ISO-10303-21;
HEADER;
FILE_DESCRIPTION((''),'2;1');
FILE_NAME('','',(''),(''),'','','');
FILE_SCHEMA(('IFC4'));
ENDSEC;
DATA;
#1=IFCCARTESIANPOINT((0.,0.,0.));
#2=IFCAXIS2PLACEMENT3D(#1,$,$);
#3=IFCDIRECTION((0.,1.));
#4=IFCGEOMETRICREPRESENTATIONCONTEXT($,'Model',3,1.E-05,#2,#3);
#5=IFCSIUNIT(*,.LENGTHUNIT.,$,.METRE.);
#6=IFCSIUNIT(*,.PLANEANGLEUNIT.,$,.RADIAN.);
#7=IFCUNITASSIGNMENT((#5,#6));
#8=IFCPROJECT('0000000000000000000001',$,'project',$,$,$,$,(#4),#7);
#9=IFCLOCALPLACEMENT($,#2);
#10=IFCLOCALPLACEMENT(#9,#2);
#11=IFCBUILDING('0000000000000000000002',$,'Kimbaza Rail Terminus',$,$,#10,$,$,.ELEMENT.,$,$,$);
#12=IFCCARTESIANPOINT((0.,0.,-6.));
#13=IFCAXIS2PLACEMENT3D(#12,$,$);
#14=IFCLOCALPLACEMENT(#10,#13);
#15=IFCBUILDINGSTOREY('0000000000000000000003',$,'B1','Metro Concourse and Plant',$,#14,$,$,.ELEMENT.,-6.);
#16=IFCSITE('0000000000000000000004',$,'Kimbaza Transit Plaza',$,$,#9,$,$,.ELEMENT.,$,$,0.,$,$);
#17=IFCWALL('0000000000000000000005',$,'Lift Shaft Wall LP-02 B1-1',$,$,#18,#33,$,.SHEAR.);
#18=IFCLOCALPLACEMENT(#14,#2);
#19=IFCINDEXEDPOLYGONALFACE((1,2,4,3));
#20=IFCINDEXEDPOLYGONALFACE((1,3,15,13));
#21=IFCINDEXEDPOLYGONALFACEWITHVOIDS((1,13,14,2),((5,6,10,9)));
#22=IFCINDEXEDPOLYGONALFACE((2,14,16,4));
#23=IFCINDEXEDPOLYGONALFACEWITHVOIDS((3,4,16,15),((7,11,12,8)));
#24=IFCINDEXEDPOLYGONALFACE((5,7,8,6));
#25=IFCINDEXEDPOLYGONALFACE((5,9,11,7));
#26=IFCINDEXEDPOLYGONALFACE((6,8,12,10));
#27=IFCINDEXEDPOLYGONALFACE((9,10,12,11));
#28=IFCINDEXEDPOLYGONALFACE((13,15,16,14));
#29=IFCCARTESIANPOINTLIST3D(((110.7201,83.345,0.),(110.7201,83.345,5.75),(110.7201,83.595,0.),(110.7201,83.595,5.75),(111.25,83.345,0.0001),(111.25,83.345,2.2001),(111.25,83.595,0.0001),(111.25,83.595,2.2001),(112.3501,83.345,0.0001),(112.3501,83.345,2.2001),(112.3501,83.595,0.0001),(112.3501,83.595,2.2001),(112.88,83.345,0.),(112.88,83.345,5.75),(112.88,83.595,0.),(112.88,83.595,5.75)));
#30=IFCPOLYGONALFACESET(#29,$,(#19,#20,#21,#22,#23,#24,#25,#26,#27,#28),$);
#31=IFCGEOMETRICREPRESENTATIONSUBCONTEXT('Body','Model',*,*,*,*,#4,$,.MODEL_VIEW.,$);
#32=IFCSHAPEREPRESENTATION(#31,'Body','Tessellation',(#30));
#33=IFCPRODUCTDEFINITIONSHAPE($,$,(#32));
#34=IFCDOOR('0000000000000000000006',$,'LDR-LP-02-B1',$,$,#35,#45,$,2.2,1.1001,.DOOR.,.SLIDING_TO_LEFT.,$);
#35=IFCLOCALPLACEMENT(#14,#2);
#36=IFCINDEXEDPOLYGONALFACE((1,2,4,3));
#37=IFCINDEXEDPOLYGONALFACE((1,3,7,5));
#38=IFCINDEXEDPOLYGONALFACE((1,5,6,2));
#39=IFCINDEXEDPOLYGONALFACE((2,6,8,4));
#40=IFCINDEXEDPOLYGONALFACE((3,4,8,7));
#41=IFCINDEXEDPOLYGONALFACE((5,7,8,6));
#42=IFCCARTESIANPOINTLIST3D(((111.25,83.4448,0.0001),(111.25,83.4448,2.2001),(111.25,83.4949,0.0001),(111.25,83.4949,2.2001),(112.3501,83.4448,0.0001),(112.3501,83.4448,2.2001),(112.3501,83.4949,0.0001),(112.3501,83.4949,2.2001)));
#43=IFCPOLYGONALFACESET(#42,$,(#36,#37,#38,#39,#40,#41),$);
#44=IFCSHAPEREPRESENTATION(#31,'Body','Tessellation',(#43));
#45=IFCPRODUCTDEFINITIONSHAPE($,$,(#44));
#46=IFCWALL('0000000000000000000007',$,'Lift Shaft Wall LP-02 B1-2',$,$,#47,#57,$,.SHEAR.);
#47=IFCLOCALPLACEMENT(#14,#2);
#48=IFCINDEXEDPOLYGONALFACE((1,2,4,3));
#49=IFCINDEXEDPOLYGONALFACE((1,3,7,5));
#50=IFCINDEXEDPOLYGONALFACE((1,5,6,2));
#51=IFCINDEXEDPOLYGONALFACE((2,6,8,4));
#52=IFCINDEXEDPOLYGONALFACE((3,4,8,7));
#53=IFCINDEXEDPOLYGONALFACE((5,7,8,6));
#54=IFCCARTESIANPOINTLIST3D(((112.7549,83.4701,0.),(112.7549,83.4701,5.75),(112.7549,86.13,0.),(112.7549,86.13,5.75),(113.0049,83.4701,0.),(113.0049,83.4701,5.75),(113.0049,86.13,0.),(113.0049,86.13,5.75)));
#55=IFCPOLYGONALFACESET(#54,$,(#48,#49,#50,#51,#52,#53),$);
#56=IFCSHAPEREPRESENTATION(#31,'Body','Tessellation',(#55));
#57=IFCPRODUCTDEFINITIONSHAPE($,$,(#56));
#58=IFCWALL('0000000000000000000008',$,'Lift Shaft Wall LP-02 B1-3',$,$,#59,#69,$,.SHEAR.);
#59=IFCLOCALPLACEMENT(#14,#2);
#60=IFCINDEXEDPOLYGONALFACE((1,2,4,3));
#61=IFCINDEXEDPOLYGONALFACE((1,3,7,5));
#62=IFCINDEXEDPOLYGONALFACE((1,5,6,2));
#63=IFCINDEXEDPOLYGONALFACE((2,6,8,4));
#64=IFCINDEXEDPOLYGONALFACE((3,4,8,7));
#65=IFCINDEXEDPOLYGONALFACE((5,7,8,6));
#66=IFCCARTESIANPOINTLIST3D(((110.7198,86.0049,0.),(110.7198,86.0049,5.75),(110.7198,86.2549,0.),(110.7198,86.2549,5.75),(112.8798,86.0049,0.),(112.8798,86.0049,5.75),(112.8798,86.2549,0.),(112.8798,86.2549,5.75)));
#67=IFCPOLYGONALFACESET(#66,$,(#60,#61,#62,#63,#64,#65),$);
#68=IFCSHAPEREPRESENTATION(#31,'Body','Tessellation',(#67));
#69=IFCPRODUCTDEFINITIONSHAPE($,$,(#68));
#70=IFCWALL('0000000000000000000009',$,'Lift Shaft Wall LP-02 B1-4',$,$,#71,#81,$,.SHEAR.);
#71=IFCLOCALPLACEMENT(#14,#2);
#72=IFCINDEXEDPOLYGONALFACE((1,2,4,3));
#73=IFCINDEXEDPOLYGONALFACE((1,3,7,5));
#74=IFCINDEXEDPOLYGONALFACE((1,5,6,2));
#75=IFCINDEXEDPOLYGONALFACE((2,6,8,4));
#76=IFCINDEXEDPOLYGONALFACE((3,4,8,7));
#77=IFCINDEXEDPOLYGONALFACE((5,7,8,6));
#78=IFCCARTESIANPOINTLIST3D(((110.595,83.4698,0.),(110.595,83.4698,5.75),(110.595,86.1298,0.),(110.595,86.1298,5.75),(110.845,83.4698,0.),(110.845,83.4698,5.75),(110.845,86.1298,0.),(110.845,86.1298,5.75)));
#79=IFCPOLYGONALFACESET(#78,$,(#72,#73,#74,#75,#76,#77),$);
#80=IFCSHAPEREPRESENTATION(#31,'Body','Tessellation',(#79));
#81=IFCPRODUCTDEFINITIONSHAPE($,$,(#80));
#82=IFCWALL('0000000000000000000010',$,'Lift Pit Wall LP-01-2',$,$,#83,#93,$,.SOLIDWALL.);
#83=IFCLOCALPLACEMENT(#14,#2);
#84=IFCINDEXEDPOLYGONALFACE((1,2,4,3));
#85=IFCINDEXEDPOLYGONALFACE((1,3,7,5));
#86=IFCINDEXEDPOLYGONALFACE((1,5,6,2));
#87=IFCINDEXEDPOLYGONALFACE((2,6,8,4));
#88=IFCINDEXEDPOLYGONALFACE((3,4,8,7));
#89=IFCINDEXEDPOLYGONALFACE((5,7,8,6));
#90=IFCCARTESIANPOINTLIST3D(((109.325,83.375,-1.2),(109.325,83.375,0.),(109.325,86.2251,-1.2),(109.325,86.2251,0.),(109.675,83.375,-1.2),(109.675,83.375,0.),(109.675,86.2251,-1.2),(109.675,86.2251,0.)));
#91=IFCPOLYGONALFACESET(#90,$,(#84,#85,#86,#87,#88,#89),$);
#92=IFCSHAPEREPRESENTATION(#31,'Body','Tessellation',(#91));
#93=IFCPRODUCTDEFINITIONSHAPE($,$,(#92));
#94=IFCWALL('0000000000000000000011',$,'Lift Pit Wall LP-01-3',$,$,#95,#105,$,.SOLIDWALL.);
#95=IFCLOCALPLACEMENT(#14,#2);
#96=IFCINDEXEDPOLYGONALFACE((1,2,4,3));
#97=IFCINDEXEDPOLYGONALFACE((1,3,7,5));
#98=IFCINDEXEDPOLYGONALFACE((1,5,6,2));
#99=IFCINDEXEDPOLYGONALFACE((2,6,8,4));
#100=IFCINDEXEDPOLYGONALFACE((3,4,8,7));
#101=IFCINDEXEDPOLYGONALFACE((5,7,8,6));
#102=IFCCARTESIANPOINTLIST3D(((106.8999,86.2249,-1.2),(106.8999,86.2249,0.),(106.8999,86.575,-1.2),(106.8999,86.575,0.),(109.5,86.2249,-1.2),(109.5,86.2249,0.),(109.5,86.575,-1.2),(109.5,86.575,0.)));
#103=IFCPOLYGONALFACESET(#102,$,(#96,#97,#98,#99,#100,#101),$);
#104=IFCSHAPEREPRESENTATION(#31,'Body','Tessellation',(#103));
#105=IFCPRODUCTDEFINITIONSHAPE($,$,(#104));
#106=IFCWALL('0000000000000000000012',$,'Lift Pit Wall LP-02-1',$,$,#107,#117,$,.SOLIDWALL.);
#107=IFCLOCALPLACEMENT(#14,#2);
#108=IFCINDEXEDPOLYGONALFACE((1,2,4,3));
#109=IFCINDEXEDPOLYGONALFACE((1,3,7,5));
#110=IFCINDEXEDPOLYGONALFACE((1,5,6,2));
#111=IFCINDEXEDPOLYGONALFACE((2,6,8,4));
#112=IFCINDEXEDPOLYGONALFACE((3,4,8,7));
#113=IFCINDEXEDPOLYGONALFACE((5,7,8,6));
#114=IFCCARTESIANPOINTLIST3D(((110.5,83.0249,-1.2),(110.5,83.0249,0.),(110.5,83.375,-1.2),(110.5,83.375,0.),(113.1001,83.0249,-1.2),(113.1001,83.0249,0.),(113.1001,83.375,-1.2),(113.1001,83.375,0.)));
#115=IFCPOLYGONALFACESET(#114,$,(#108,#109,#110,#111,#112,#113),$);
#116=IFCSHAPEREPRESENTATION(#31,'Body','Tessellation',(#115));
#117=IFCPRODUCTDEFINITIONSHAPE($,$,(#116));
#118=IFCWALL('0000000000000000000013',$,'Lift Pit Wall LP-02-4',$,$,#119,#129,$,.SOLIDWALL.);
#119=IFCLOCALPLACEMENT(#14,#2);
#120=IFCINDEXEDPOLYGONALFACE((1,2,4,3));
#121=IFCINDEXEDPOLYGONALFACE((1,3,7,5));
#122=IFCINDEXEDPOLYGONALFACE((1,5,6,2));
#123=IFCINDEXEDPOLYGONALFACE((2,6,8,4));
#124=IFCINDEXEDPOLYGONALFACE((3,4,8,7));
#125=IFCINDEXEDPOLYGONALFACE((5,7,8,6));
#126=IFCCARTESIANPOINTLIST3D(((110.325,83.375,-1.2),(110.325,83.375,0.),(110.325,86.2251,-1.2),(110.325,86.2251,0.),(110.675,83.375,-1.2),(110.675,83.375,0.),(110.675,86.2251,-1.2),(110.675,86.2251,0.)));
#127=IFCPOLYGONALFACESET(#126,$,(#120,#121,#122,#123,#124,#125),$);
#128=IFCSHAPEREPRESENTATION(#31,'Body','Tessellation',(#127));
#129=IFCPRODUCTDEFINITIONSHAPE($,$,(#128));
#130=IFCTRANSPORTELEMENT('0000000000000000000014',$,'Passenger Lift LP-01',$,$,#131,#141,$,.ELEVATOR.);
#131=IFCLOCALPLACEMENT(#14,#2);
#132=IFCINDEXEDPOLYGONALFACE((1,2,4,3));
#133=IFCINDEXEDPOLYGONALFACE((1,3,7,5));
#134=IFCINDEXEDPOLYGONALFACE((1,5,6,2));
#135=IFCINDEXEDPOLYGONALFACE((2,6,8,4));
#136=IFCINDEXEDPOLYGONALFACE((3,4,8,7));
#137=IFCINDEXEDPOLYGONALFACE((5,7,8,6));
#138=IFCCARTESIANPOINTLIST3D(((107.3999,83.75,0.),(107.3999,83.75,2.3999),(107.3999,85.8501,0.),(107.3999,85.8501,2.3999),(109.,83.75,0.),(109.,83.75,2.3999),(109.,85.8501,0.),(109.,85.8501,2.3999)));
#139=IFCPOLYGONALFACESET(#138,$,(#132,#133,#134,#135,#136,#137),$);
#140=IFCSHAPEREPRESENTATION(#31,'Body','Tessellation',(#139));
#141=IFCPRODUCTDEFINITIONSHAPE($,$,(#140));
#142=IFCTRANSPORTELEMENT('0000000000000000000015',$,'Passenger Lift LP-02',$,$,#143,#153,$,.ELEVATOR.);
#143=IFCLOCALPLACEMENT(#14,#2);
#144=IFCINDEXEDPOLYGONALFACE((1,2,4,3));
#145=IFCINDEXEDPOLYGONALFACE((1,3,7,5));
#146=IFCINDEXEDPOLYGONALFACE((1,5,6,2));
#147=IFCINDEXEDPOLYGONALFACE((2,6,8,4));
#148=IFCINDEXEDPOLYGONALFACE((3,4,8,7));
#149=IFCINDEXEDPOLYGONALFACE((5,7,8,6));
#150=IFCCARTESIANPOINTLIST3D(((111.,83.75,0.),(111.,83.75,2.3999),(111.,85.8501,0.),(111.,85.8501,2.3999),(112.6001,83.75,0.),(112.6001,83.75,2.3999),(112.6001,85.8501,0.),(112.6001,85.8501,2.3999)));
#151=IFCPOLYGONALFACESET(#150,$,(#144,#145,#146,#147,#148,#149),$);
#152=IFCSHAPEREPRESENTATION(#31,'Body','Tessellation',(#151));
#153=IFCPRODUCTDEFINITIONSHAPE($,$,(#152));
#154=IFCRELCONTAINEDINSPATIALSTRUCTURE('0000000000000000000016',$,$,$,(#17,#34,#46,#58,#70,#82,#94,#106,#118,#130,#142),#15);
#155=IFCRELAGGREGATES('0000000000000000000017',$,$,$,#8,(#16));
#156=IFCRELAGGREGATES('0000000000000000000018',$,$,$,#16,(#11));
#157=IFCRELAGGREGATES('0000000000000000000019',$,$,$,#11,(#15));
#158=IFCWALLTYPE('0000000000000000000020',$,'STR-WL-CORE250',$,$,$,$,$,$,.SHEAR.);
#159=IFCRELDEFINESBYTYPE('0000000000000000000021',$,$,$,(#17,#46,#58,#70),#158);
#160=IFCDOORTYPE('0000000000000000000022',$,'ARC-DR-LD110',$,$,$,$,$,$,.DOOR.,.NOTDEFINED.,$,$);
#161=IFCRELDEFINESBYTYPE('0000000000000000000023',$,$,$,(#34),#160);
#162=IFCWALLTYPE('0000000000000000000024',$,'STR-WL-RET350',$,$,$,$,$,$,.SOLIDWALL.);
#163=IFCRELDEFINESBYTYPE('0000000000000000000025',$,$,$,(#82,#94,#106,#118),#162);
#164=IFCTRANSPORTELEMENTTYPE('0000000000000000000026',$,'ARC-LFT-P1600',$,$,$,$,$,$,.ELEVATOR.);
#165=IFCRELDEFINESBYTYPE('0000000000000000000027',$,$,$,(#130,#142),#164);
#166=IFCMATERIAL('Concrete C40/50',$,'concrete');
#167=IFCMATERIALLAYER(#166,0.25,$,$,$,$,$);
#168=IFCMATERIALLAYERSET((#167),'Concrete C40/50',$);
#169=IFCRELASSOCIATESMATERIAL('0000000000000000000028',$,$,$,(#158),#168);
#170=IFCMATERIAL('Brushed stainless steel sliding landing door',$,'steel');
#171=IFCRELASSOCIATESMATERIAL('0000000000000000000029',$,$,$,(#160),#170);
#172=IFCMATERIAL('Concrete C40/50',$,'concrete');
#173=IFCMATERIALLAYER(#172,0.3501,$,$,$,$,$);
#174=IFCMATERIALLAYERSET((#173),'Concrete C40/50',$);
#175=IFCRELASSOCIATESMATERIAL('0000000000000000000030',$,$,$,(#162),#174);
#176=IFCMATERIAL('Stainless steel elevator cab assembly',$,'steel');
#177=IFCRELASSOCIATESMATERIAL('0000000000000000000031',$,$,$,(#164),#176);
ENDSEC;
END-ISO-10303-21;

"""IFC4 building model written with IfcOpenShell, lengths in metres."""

from ifc_helpers import new_model, si_unit, direction, frame, frame_2d, origin, origin_2d, place, context, subcontext, project, spatial, rectangle, extrude, material, layer, layer_set, type_object, element, fill, save


model = new_model("IFC4")

# Units and contexts
model_context = context("Model", 3, precision=1e-05, world=origin(), true_north=direction((0.0, 1.0)))
body_context = subcontext(model_context, "Body", "Model", "MODEL_VIEW")
ifc_project = project(units=[si_unit("LENGTHUNIT", "METRE"), si_unit("PLANEANGLEUNIT", "RADIAN")], contexts=[model_context])

# Site, building, storey
site_placement = place(None, origin())
site = spatial("IfcSite", under=ifc_project, at=site_placement, Name="Kimbaza Transit Plaza", CompositionType="ELEMENT", RefElevation=0.0)
building_placement = place(site_placement, origin())
building = spatial("IfcBuilding", under=site, at=building_placement, Name="Kimbaza Rail Terminus", CompositionType="ELEMENT")
storey_placement = place(building_placement, frame((0.0, 0.0, -6.0)))
storey = spatial("IfcBuildingStorey", under=building, at=storey_placement, Name="B1", Description="Metro Concourse and Plant", CompositionType="ELEMENT", Elevation=-6.0)

# Shared definitions
ifc_material_1 = material(Name="Concrete C40/50", Category="concrete")
ifc_layer_1 = layer(ifc_material_1, 0.25)
ifc_layer_set_1 = layer_set([ifc_layer_1], Name="Concrete C40/50")
wall_type_1 = type_object("IfcWallType", Name="STR-WL-CORE250", PredefinedType="SHEAR", material=ifc_layer_set_1)

# Wall, opening, door
wall_1_placement = place(storey_placement, frame((110.72, 83.47, 0.0), z_axis=(0.0, 0.0, 1.0), x_axis=(1.0, 0.0, 0.0)))
wall_1 = element("IfcWall", 1, at=wall_1_placement, inside=storey, type_object=wall_type_1, Name="Lift Shaft Wall LP-02 B1-1", PredefinedType="SHEAR", context=body_context, shape_type="SweptSolid", body=[
    extrude(rectangle(XDim=2.1599, YDim=0.25, at=frame_2d((1.0801, 0.0))), origin(), (0.0, 0.0, 1.0), 5.75),
])
opening_placement = place(wall_1_placement, frame((0.53, 0.0, 0.0)))
opening = element("IfcOpeningElement", 2, at=opening_placement, cuts=wall_1, PredefinedType="OPENING", context=body_context, shape_type="SweptSolid", body=[
    extrude(rectangle(XDim=1.1001, YDim=2.2, at=frame_2d((0.55, 1.1001))), frame((0.0, 0.135, 0.0), z_axis=(0.0, -1.0, 0.0), x_axis=(1.0, 0.0, 0.0)), (0.0, 0.0, 1.0), 0.27),
])
ifc_material_2 = material(Name="Brushed stainless steel sliding landing door", Category="steel")
door_type = type_object("IfcDoorType", Name="ARC-DR-LD110", OperationType="NOTDEFINED", PredefinedType="DOOR", material=ifc_material_2)
door_placement = place(opening_placement, origin())
door = element("IfcDoor", 3, at=door_placement, inside=storey, type_object=door_type, Name="LDR-LP-02-B1", OperationType="SLIDING_TO_LEFT", OverallHeight=2.2, OverallWidth=1.1001, PredefinedType="DOOR", context=body_context, shape_type="SweptSolid", body=[
    extrude(rectangle(XDim=1.1001, YDim=2.2, at=frame_2d((0.55, 1.1001))), frame((0.0, 0.0249, 0.0), z_axis=(0.0, -1.0, 0.0), x_axis=(1.0, 0.0, 0.0)), (0.0, 0.0, 1.0), 0.05),
])
fill(opening, door)

# Walls
wall_2_placement = place(storey_placement, frame((112.8799, 83.47, 0.0), z_axis=(0.0, 0.0, 1.0), x_axis=(0.0, 1.0, 0.0)))
element("IfcWall", 4, at=wall_2_placement, inside=storey, type_object=wall_type_1, Name="Lift Shaft Wall LP-02 B1-2", PredefinedType="SHEAR", context=body_context, shape_type="SweptSolid", body=[
    extrude(rectangle(XDim=2.6599, YDim=0.25, at=frame_2d((1.3301, 0.0))), origin(), (0.0, 0.0, 1.0), 5.75),
])
wall_3_placement = place(storey_placement, frame((112.8799, 86.1299, 0.0), z_axis=(0.0, 0.0, 1.0), x_axis=(-1.0, 0.0, 0.0)))
element("IfcWall", 5, at=wall_3_placement, inside=storey, type_object=wall_type_1, Name="Lift Shaft Wall LP-02 B1-3", PredefinedType="SHEAR", context=body_context, shape_type="SweptSolid", body=[
    extrude(rectangle(XDim=2.1599, YDim=0.25, at=frame_2d((1.0801, 0.0))), origin(), (0.0, 0.0, 1.0), 5.75),
])
wall_4_placement = place(storey_placement, frame((110.72, 86.1299, 0.0), z_axis=(0.0, 0.0, 1.0), x_axis=(0.0, -1.0, 0.0)))
element("IfcWall", 6, at=wall_4_placement, inside=storey, type_object=wall_type_1, Name="Lift Shaft Wall LP-02 B1-4", PredefinedType="SHEAR", context=body_context, shape_type="SweptSolid", body=[
    extrude(rectangle(XDim=2.6599, YDim=0.25, at=frame_2d((1.3301, 0.0))), origin(), (0.0, 0.0, 1.0), 5.75),
])
ifc_material_3 = material(Name="Concrete C40/50", Category="concrete")
ifc_layer_2 = layer(ifc_material_3, 0.3501)
ifc_layer_set_2 = layer_set([ifc_layer_2], Name="Concrete C40/50")
wall_type_2 = type_object("IfcWallType", Name="STR-WL-RET350", PredefinedType="SOLIDWALL", material=ifc_layer_set_2)
wall_5_placement = place(storey_placement, frame((109.5, 83.375, -1.2), z_axis=(0.0, 0.0, 1.0), x_axis=(0.0, 1.0, 0.0)))
element("IfcWall", 7, at=wall_5_placement, inside=storey, type_object=wall_type_2, Name="Lift Pit Wall LP-01-2", PredefinedType="SOLIDWALL", context=body_context, shape_type="SweptSolid", body=[
    extrude(rectangle(XDim=2.8501, YDim=0.3501, at=frame_2d((1.425, 0.0))), origin(), (0.0, 0.0, 1.0), 1.2),
])
for number, where, z_axis, x_axis, name in (
    (8, (109.5, 86.3999, -1.2), (0.0, 0.0, 1.0), (-1.0, 0.0, 0.0), "Lift Pit Wall LP-01-3"),
    (9, (110.5, 83.2, -1.2), (0.0, 0.0, 1.0), (1.0, 0.0, 0.0), "Lift Pit Wall LP-02-1"),
):
    element("IfcWall", number, at=place(storey_placement, frame(where, z_axis=z_axis, x_axis=x_axis)), inside=storey, type_object=wall_type_2, Name=name, PredefinedType="SOLIDWALL", context=body_context, shape_type="SweptSolid", body=[
        extrude(rectangle(XDim=2.6001, YDim=0.3501, at=frame_2d((1.3, 0.0))), origin(), (0.0, 0.0, 1.0), 1.2),
    ])
wall_6_placement = place(storey_placement, frame((110.5, 86.2251, -1.2), z_axis=(0.0, 0.0, 1.0), x_axis=(0.0, -1.0, 0.0)))
element("IfcWall", 10, at=wall_6_placement, inside=storey, type_object=wall_type_2, Name="Lift Pit Wall LP-02-4", PredefinedType="SOLIDWALL", context=body_context, shape_type="SweptSolid", body=[
    extrude(rectangle(XDim=2.8501, YDim=0.3501, at=frame_2d((1.425, 0.0))), origin(), (0.0, 0.0, 1.0), 1.2),
])

# Transport elements
ifc_material_4 = material(Name="Stainless steel elevator cab assembly", Category="steel")
transport_element_type = type_object("IfcTransportElementType", Name="ARC-LFT-P1600", PredefinedType="ELEVATOR", material=ifc_material_4)
for number, where, z_axis, x_axis, name in (
    (11, (108.2, 84.8, 0.0), (0.0, 0.0, 1.0), (1.0, 0.0, 0.0), "Passenger Lift LP-01"),
    (12, (111.8, 84.8, 0.0), (0.0, 0.0, 1.0), (1.0, 0.0, 0.0), "Passenger Lift LP-02"),
):
    element("IfcTransportElement", number, at=place(storey_placement, frame(where, z_axis=z_axis, x_axis=x_axis)), inside=storey, type_object=transport_element_type, Name=name, PredefinedType="ELEVATOR", context=body_context, shape_type="SweptSolid", body=[
        extrude(rectangle(XDim=1.6001, YDim=2.1001, at=origin_2d()), origin(), (0.0, 0.0, 1.0), 2.3999),
    ])

save(model, "model.ifc")
